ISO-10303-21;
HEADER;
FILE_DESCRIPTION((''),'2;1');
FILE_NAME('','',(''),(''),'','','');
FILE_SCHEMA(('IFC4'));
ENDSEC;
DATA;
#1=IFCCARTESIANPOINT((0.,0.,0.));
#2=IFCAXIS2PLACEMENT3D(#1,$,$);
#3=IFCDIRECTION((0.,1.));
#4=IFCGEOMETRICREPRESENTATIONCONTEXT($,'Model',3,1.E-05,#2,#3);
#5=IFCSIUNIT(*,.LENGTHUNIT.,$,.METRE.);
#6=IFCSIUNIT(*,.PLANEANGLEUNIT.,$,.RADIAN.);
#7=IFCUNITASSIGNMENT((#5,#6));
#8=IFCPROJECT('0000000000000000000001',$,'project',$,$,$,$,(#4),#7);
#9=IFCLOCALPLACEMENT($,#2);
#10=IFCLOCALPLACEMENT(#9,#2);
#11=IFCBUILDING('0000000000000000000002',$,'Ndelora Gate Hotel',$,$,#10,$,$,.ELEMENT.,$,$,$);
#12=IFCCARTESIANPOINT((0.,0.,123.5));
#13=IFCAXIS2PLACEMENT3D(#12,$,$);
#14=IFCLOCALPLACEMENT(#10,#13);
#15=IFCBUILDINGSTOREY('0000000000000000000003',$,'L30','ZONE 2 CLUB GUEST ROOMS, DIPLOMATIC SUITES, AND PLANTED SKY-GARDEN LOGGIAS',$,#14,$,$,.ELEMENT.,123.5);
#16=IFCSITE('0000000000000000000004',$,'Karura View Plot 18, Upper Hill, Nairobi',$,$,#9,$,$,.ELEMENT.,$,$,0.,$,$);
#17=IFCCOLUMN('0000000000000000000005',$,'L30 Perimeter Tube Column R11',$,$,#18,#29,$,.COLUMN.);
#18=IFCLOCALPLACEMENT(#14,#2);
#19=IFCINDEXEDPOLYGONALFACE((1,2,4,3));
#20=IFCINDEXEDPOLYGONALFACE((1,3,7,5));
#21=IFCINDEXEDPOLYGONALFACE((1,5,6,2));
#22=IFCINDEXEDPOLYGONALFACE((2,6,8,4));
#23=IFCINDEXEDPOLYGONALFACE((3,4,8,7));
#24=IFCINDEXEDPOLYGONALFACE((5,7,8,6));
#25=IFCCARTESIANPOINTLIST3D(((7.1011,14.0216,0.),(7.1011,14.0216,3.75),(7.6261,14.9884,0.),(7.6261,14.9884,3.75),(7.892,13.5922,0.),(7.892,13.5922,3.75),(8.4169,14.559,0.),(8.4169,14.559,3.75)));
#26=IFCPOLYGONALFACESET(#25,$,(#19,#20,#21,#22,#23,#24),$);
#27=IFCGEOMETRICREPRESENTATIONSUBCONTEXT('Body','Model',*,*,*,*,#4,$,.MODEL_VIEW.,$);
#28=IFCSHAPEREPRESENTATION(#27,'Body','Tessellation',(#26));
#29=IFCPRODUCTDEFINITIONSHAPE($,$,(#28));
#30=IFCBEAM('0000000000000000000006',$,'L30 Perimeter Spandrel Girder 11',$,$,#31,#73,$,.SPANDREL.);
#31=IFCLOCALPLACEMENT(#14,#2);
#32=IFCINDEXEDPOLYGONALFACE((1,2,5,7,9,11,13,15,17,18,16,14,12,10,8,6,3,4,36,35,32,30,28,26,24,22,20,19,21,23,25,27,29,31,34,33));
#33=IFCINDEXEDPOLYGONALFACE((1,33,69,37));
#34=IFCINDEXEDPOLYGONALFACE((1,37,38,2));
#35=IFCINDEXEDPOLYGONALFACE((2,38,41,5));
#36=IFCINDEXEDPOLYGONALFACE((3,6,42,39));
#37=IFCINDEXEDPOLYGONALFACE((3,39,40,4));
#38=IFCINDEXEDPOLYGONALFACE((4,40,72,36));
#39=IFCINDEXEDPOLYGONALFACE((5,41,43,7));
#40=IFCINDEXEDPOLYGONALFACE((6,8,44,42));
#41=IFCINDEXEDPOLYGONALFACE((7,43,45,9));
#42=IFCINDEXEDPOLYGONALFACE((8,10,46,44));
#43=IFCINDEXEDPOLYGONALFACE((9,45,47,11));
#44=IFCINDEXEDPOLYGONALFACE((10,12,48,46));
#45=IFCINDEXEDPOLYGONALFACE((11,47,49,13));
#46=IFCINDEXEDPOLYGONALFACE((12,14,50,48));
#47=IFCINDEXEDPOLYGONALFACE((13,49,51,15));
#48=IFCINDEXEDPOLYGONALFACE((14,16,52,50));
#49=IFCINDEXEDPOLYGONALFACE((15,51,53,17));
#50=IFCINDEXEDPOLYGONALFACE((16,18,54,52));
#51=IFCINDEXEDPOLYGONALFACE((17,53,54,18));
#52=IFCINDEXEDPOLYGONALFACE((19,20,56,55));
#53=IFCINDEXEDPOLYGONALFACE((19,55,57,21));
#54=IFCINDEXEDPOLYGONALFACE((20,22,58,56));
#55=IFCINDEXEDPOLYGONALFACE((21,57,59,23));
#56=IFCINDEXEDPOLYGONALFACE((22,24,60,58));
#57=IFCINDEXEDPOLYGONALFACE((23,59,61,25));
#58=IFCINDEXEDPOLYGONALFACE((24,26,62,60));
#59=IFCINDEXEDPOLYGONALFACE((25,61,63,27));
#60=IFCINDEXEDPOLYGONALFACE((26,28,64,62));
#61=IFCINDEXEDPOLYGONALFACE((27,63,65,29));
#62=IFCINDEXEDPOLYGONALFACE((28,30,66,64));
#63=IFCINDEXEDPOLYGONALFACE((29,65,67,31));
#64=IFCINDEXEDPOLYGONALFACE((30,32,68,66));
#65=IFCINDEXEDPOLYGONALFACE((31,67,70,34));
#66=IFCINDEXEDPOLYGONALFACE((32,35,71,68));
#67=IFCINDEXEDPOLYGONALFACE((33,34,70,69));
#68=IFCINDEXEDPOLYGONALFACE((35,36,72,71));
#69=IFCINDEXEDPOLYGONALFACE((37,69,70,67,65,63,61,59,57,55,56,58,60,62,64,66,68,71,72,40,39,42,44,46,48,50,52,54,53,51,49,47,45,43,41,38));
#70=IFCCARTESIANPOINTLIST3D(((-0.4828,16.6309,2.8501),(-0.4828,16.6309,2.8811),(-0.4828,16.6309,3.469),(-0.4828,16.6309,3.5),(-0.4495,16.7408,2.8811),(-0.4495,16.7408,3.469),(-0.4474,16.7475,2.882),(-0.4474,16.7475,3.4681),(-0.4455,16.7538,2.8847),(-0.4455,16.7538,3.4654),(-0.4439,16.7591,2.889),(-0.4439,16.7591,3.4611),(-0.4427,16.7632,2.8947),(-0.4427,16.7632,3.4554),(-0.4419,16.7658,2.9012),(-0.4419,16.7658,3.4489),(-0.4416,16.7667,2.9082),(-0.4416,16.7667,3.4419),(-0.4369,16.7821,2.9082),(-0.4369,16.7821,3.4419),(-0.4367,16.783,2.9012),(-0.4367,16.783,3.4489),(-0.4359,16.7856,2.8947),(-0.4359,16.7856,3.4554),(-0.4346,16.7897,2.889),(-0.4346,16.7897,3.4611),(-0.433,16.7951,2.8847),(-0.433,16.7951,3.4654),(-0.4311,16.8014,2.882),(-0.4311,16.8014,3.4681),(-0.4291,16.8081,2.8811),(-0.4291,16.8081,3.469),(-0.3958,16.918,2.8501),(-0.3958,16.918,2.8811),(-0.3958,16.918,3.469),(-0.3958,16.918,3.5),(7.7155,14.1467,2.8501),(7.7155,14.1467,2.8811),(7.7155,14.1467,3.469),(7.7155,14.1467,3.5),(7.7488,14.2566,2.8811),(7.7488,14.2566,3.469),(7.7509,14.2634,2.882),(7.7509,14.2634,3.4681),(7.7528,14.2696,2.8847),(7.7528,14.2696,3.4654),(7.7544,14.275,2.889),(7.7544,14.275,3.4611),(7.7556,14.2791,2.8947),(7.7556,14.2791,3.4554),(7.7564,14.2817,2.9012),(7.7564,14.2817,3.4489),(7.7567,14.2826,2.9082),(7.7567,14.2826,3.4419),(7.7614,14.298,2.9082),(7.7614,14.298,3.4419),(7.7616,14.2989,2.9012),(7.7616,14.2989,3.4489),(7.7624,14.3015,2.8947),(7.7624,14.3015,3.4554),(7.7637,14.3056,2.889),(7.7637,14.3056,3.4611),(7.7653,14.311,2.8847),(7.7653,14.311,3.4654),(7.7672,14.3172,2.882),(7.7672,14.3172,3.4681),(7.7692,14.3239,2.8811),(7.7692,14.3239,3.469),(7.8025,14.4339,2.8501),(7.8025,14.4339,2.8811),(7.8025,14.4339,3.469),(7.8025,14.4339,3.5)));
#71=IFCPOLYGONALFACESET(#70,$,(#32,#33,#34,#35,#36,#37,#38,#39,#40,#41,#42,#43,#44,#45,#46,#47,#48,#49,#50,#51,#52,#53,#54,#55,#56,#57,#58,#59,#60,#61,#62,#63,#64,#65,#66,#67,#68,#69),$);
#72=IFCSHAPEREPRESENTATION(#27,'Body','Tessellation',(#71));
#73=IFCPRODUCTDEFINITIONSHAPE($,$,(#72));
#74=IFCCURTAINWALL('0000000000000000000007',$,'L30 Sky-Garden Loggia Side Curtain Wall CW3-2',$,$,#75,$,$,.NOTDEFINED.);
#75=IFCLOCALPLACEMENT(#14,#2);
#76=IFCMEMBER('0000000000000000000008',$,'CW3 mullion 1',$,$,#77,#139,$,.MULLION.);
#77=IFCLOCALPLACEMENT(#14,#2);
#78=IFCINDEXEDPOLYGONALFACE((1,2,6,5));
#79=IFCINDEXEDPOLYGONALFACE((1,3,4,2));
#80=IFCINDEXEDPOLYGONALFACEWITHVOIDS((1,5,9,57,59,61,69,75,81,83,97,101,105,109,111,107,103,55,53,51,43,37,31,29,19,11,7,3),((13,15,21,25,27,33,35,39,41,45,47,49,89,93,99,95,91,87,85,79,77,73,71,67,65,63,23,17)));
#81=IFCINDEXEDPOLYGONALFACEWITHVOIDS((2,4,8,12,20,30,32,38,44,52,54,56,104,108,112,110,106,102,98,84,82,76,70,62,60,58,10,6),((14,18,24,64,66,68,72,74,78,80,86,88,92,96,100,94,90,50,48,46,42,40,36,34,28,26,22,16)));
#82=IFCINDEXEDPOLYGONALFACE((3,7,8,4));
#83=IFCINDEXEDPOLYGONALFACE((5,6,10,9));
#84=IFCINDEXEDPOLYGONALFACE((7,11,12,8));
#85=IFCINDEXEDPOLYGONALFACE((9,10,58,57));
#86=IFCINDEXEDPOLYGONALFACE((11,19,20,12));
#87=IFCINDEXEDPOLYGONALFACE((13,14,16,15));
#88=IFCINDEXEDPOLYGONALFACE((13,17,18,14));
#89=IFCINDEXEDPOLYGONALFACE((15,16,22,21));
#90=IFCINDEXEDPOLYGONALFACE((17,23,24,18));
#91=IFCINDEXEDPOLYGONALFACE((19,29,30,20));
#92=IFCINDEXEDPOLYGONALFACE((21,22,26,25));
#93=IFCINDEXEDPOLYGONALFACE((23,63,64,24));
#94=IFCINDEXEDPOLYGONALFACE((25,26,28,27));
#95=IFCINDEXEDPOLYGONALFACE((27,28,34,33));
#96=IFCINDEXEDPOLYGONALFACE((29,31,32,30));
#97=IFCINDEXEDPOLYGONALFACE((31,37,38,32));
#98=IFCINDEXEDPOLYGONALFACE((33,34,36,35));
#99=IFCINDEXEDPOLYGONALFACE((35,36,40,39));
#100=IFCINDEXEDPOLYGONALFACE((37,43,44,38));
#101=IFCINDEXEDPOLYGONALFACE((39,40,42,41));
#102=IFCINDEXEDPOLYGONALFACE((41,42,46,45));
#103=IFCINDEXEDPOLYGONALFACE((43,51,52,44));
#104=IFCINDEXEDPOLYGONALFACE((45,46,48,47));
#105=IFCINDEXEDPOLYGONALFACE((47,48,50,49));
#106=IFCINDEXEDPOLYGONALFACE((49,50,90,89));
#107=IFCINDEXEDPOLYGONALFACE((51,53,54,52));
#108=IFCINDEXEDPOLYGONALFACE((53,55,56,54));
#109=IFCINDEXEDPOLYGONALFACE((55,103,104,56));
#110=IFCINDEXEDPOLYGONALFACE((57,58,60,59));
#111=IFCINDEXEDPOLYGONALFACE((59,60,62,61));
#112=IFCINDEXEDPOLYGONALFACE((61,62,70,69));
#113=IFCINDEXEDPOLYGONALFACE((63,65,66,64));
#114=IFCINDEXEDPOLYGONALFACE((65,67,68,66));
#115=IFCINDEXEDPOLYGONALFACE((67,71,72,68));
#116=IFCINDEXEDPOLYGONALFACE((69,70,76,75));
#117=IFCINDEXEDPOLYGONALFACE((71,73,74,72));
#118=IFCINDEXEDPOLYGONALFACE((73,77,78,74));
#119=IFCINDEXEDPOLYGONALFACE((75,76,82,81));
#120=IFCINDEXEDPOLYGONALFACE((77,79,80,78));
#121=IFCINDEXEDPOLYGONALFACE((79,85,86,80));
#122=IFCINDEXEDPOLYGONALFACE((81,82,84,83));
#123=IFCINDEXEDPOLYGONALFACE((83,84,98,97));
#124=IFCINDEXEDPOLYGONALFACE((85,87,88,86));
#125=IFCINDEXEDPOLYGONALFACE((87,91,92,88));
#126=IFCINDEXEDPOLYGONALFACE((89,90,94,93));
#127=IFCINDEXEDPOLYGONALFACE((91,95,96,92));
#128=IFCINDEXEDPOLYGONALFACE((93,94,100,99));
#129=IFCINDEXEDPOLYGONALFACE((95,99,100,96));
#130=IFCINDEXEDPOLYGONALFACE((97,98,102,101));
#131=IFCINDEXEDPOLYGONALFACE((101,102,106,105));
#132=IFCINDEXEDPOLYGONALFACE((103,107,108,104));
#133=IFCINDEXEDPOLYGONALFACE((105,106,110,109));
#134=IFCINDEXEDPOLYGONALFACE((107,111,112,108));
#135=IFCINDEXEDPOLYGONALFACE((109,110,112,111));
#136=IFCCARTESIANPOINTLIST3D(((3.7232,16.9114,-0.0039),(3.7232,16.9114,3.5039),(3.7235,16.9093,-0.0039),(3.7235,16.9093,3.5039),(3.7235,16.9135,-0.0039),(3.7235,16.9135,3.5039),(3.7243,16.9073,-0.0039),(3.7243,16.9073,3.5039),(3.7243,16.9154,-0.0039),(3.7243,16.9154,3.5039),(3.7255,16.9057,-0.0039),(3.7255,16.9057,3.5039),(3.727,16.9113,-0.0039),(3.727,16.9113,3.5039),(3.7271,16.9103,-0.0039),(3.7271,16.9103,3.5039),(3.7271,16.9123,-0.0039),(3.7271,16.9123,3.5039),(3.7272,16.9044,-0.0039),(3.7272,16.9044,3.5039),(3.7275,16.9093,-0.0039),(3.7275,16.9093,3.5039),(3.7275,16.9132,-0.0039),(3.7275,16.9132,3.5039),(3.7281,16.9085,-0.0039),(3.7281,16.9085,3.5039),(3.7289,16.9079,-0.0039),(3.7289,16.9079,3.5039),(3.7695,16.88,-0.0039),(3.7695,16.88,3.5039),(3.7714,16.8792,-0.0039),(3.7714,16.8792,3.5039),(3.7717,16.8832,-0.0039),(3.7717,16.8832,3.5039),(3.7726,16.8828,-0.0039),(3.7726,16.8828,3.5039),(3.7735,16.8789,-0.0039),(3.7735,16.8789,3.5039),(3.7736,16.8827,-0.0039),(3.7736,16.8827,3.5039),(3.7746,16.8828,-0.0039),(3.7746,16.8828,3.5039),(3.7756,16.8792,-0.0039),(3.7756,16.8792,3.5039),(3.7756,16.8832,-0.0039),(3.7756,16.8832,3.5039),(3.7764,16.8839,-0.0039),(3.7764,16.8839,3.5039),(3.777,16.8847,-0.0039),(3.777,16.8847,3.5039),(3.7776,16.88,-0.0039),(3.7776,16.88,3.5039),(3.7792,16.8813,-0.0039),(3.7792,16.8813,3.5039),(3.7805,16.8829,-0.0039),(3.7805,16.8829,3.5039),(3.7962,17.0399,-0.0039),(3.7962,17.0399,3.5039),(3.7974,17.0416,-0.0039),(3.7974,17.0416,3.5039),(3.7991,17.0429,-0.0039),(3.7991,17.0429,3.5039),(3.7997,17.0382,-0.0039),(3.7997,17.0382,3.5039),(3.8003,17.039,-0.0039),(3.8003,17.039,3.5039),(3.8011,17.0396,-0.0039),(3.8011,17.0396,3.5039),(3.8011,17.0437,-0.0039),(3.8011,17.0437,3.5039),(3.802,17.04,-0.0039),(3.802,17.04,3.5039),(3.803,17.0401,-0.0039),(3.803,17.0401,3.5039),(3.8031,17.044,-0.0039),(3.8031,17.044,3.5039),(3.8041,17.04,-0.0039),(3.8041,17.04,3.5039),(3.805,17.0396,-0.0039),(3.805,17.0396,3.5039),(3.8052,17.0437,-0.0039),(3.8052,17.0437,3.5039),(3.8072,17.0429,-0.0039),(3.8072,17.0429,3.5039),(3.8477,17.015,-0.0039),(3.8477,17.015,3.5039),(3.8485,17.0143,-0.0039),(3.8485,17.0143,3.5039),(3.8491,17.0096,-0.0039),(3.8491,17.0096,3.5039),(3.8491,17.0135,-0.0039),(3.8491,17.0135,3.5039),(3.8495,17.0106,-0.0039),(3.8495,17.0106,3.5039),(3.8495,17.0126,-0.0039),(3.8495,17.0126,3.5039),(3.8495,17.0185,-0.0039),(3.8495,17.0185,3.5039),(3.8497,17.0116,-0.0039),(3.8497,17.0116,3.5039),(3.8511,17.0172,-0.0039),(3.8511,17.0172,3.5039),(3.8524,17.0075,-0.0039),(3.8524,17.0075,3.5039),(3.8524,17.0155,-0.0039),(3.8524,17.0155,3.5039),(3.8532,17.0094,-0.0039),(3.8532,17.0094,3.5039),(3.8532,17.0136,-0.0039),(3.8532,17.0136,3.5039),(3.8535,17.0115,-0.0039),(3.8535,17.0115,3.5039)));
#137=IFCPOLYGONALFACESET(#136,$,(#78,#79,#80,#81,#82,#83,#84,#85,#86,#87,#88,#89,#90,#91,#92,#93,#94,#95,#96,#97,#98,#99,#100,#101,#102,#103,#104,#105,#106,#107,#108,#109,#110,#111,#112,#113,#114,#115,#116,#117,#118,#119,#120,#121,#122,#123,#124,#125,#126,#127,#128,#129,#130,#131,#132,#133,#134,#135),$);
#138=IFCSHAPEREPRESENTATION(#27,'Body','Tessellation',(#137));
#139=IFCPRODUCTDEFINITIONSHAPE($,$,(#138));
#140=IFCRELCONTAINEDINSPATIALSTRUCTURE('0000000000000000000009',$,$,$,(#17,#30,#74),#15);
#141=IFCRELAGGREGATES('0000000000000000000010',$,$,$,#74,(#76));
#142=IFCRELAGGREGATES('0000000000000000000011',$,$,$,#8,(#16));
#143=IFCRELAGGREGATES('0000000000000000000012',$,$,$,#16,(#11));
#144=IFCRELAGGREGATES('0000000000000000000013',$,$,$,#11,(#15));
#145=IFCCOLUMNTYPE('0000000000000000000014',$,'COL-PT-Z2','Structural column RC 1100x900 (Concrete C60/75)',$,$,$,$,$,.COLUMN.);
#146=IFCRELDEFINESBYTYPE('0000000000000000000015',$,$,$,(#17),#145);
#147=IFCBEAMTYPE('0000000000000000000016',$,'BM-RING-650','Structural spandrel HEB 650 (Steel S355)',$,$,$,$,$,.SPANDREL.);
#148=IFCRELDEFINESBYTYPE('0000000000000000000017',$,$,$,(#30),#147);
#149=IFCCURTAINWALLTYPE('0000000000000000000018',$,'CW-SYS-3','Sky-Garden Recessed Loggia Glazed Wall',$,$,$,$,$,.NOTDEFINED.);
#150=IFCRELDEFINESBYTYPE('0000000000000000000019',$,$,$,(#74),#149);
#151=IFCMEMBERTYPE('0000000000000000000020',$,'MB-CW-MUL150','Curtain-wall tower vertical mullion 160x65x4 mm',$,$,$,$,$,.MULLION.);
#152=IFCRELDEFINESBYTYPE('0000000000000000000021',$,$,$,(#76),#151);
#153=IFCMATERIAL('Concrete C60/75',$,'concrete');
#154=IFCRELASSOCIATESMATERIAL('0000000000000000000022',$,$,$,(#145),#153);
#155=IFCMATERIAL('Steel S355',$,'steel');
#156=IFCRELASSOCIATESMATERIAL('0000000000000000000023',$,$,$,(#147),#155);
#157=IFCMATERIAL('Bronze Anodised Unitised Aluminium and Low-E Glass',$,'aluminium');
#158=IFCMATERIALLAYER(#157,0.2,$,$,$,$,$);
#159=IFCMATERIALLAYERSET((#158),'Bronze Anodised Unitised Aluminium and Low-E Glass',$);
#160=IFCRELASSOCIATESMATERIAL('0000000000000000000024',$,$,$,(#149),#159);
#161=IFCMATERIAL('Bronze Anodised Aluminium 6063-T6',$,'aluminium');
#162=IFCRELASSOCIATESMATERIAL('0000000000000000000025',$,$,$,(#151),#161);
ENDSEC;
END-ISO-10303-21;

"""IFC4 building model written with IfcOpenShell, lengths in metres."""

from ifc_helpers import new_model, si_unit, direction, frame, origin, origin_2d, place, context, subcontext, project, spatial, rectangle, hollow_rectangle, i_section, extrude, material, layer, layer_set, material_profile, profile_set, type_object, element, aggregate, save


model = new_model("IFC4")

# Units and contexts
model_context = context("Model", 3, precision=1e-05, world=origin(), true_north=direction((0.0, 1.0)))
body_context = subcontext(model_context, "Body", "Model", "MODEL_VIEW")
ifc_project = project(units=[si_unit("LENGTHUNIT", "METRE"), si_unit("PLANEANGLEUNIT", "RADIAN")], contexts=[model_context])

# Site, building, storey
site_placement = place(None, origin())
site = spatial("IfcSite", under=ifc_project, at=site_placement, Name="Karura View Plot 18, Upper Hill, Nairobi", CompositionType="ELEMENT", RefElevation=0.0)
building_placement = place(site_placement, origin())
building = spatial("IfcBuilding", under=site, at=building_placement, Name="Ndelora Gate Hotel", CompositionType="ELEMENT")
storey_placement = place(building_placement, frame((0.0, 0.0, 123.5)))
storey = spatial("IfcBuildingStorey", under=building, at=storey_placement, Name="L30", Description="ZONE 2 CLUB GUEST ROOMS, DIPLOMATIC SUITES, AND PLANTED SKY-GARDEN LOGGIAS", CompositionType="ELEMENT", Elevation=123.5)

# Column
ifc_material_1 = material(Name="Concrete C60/75", Category="concrete")
ifc_material_profile_1 = material_profile(ifc_material_1, rectangle(XDim=0.8999, YDim=1.1001, at=origin_2d()), Name="RC 1100x900")
ifc_profile_set_1 = profile_set([ifc_material_profile_1], Name="Concrete C60/75")
column_type = type_object("IfcColumnType", Name="COL-PT-Z2", Description="Structural column RC 1100x900 (Concrete C60/75)", PredefinedType="COLUMN", material=ifc_profile_set_1)
column_placement = place(storey_placement, frame((7.759, 14.2903, 0.0), z_axis=(0.0, 0.0, 1.0), x_axis=(-0.878817, 0.477159, 0.0)))
element("IfcColumn", 1, at=column_placement, inside=storey, type_object=column_type, Name="L30 Perimeter Tube Column R11", PredefinedType="COLUMN", context=body_context, shape_type="SweptSolid", body=[
    extrude(rectangle(XDim=0.8999, YDim=1.1001, at=origin_2d()), origin(), (0.0, 0.0, 1.0), 3.75),
])

# Beam
ifc_material_2 = material(Name="Steel S355", Category="steel")
ifc_material_profile_2 = material_profile(ifc_material_2, i_section(OverallWidth=0.3, OverallDepth=0.6499, WebThickness=0.0161, FlangeThickness=0.031, FilletRadius=0.0271, at=origin_2d()), Name="HEB 650")
ifc_profile_set_2 = profile_set([ifc_material_profile_2], Name="Steel S355")
beam_type = type_object("IfcBeamType", Name="BM-RING-650", Description="Structural spandrel HEB 650 (Steel S355)", PredefinedType="SPANDREL", material=ifc_profile_set_2)
beam_placement = place(storey_placement, frame((7.759, 14.2903, 3.175), z_axis=(-0.95703, 0.289988, 0.0), x_axis=(-0.289988, -0.95703, 0.0)))
element("IfcBeam", 2, at=beam_placement, inside=storey, type_object=beam_type, Name="L30 Perimeter Spandrel Girder 11", PredefinedType="SPANDREL", context=body_context, shape_type="SweptSolid", body=[
    extrude(i_section(OverallWidth=0.3, OverallDepth=0.6499, WebThickness=0.0161, FlangeThickness=0.031, FilletRadius=0.0271, at=origin_2d()), origin(), (0.0, 0.0, 1.0), 8.5664),
])

# Curtain wall, member
ifc_material_3 = material(Name="Bronze Anodised Unitised Aluminium and Low-E Glass", Category="aluminium")
ifc_layer_1 = layer(ifc_material_3, 0.2)
ifc_layer_set_1 = layer_set([ifc_layer_1], Name="Bronze Anodised Unitised Aluminium and Low-E Glass")
curtain_wall_type = type_object("IfcCurtainWallType", Name="CW-SYS-3", Description="Sky-Garden Recessed Loggia Glazed Wall", PredefinedType="NOTDEFINED", material=ifc_layer_set_1)
curtain_wall_placement = place(storey_placement, origin())
curtain_wall = element("IfcCurtainWall", 3, at=curtain_wall_placement, inside=storey, type_object=curtain_wall_type, Name="L30 Sky-Garden Loggia Side Curtain Wall CW3-2", PredefinedType="NOTDEFINED")
ifc_material_4 = material(Name="Bronze Anodised Aluminium 6063-T6", Category="aluminium")
ifc_material_profile_3 = material_profile(ifc_material_4, hollow_rectangle(XDim=0.0649, YDim=0.1599, WallThickness=0.0039, InnerFilletRadius=0.0039, OuterFilletRadius=0.0081, at=origin_2d()), Name="ALU 160x65x4")
ifc_profile_set_3 = profile_set([ifc_material_profile_3], Name="Bronze Anodised Aluminium 6063-T6")
member_type_1 = type_object("IfcMemberType", Name="MB-CW-MUL150", Description="Curtain-wall tower vertical mullion 160x65x4 mm", PredefinedType="MULLION", material=ifc_profile_set_3)
member_1_placement = place(storey_placement, frame((3.7883, 16.9614, -0.0039), z_axis=(0.0, 0.0, 1.0), x_axis=(0.866019, -0.500011, 0.0)))
member_1 = element("IfcMember", 4, at=member_1_placement, type_object=member_type_1, Name="CW3 mullion 1", PredefinedType="MULLION", context=body_context, shape_type="SweptSolid", body=[
    extrude(hollow_rectangle(XDim=0.0649, YDim=0.1599, WallThickness=0.0039, InnerFilletRadius=0.0039, OuterFilletRadius=0.0081, at=origin_2d()), origin(), (0.0, 0.0, 1.0), 3.5078),
])
aggregate(curtain_wall, [member_1])

save(model, "model.ifc")
